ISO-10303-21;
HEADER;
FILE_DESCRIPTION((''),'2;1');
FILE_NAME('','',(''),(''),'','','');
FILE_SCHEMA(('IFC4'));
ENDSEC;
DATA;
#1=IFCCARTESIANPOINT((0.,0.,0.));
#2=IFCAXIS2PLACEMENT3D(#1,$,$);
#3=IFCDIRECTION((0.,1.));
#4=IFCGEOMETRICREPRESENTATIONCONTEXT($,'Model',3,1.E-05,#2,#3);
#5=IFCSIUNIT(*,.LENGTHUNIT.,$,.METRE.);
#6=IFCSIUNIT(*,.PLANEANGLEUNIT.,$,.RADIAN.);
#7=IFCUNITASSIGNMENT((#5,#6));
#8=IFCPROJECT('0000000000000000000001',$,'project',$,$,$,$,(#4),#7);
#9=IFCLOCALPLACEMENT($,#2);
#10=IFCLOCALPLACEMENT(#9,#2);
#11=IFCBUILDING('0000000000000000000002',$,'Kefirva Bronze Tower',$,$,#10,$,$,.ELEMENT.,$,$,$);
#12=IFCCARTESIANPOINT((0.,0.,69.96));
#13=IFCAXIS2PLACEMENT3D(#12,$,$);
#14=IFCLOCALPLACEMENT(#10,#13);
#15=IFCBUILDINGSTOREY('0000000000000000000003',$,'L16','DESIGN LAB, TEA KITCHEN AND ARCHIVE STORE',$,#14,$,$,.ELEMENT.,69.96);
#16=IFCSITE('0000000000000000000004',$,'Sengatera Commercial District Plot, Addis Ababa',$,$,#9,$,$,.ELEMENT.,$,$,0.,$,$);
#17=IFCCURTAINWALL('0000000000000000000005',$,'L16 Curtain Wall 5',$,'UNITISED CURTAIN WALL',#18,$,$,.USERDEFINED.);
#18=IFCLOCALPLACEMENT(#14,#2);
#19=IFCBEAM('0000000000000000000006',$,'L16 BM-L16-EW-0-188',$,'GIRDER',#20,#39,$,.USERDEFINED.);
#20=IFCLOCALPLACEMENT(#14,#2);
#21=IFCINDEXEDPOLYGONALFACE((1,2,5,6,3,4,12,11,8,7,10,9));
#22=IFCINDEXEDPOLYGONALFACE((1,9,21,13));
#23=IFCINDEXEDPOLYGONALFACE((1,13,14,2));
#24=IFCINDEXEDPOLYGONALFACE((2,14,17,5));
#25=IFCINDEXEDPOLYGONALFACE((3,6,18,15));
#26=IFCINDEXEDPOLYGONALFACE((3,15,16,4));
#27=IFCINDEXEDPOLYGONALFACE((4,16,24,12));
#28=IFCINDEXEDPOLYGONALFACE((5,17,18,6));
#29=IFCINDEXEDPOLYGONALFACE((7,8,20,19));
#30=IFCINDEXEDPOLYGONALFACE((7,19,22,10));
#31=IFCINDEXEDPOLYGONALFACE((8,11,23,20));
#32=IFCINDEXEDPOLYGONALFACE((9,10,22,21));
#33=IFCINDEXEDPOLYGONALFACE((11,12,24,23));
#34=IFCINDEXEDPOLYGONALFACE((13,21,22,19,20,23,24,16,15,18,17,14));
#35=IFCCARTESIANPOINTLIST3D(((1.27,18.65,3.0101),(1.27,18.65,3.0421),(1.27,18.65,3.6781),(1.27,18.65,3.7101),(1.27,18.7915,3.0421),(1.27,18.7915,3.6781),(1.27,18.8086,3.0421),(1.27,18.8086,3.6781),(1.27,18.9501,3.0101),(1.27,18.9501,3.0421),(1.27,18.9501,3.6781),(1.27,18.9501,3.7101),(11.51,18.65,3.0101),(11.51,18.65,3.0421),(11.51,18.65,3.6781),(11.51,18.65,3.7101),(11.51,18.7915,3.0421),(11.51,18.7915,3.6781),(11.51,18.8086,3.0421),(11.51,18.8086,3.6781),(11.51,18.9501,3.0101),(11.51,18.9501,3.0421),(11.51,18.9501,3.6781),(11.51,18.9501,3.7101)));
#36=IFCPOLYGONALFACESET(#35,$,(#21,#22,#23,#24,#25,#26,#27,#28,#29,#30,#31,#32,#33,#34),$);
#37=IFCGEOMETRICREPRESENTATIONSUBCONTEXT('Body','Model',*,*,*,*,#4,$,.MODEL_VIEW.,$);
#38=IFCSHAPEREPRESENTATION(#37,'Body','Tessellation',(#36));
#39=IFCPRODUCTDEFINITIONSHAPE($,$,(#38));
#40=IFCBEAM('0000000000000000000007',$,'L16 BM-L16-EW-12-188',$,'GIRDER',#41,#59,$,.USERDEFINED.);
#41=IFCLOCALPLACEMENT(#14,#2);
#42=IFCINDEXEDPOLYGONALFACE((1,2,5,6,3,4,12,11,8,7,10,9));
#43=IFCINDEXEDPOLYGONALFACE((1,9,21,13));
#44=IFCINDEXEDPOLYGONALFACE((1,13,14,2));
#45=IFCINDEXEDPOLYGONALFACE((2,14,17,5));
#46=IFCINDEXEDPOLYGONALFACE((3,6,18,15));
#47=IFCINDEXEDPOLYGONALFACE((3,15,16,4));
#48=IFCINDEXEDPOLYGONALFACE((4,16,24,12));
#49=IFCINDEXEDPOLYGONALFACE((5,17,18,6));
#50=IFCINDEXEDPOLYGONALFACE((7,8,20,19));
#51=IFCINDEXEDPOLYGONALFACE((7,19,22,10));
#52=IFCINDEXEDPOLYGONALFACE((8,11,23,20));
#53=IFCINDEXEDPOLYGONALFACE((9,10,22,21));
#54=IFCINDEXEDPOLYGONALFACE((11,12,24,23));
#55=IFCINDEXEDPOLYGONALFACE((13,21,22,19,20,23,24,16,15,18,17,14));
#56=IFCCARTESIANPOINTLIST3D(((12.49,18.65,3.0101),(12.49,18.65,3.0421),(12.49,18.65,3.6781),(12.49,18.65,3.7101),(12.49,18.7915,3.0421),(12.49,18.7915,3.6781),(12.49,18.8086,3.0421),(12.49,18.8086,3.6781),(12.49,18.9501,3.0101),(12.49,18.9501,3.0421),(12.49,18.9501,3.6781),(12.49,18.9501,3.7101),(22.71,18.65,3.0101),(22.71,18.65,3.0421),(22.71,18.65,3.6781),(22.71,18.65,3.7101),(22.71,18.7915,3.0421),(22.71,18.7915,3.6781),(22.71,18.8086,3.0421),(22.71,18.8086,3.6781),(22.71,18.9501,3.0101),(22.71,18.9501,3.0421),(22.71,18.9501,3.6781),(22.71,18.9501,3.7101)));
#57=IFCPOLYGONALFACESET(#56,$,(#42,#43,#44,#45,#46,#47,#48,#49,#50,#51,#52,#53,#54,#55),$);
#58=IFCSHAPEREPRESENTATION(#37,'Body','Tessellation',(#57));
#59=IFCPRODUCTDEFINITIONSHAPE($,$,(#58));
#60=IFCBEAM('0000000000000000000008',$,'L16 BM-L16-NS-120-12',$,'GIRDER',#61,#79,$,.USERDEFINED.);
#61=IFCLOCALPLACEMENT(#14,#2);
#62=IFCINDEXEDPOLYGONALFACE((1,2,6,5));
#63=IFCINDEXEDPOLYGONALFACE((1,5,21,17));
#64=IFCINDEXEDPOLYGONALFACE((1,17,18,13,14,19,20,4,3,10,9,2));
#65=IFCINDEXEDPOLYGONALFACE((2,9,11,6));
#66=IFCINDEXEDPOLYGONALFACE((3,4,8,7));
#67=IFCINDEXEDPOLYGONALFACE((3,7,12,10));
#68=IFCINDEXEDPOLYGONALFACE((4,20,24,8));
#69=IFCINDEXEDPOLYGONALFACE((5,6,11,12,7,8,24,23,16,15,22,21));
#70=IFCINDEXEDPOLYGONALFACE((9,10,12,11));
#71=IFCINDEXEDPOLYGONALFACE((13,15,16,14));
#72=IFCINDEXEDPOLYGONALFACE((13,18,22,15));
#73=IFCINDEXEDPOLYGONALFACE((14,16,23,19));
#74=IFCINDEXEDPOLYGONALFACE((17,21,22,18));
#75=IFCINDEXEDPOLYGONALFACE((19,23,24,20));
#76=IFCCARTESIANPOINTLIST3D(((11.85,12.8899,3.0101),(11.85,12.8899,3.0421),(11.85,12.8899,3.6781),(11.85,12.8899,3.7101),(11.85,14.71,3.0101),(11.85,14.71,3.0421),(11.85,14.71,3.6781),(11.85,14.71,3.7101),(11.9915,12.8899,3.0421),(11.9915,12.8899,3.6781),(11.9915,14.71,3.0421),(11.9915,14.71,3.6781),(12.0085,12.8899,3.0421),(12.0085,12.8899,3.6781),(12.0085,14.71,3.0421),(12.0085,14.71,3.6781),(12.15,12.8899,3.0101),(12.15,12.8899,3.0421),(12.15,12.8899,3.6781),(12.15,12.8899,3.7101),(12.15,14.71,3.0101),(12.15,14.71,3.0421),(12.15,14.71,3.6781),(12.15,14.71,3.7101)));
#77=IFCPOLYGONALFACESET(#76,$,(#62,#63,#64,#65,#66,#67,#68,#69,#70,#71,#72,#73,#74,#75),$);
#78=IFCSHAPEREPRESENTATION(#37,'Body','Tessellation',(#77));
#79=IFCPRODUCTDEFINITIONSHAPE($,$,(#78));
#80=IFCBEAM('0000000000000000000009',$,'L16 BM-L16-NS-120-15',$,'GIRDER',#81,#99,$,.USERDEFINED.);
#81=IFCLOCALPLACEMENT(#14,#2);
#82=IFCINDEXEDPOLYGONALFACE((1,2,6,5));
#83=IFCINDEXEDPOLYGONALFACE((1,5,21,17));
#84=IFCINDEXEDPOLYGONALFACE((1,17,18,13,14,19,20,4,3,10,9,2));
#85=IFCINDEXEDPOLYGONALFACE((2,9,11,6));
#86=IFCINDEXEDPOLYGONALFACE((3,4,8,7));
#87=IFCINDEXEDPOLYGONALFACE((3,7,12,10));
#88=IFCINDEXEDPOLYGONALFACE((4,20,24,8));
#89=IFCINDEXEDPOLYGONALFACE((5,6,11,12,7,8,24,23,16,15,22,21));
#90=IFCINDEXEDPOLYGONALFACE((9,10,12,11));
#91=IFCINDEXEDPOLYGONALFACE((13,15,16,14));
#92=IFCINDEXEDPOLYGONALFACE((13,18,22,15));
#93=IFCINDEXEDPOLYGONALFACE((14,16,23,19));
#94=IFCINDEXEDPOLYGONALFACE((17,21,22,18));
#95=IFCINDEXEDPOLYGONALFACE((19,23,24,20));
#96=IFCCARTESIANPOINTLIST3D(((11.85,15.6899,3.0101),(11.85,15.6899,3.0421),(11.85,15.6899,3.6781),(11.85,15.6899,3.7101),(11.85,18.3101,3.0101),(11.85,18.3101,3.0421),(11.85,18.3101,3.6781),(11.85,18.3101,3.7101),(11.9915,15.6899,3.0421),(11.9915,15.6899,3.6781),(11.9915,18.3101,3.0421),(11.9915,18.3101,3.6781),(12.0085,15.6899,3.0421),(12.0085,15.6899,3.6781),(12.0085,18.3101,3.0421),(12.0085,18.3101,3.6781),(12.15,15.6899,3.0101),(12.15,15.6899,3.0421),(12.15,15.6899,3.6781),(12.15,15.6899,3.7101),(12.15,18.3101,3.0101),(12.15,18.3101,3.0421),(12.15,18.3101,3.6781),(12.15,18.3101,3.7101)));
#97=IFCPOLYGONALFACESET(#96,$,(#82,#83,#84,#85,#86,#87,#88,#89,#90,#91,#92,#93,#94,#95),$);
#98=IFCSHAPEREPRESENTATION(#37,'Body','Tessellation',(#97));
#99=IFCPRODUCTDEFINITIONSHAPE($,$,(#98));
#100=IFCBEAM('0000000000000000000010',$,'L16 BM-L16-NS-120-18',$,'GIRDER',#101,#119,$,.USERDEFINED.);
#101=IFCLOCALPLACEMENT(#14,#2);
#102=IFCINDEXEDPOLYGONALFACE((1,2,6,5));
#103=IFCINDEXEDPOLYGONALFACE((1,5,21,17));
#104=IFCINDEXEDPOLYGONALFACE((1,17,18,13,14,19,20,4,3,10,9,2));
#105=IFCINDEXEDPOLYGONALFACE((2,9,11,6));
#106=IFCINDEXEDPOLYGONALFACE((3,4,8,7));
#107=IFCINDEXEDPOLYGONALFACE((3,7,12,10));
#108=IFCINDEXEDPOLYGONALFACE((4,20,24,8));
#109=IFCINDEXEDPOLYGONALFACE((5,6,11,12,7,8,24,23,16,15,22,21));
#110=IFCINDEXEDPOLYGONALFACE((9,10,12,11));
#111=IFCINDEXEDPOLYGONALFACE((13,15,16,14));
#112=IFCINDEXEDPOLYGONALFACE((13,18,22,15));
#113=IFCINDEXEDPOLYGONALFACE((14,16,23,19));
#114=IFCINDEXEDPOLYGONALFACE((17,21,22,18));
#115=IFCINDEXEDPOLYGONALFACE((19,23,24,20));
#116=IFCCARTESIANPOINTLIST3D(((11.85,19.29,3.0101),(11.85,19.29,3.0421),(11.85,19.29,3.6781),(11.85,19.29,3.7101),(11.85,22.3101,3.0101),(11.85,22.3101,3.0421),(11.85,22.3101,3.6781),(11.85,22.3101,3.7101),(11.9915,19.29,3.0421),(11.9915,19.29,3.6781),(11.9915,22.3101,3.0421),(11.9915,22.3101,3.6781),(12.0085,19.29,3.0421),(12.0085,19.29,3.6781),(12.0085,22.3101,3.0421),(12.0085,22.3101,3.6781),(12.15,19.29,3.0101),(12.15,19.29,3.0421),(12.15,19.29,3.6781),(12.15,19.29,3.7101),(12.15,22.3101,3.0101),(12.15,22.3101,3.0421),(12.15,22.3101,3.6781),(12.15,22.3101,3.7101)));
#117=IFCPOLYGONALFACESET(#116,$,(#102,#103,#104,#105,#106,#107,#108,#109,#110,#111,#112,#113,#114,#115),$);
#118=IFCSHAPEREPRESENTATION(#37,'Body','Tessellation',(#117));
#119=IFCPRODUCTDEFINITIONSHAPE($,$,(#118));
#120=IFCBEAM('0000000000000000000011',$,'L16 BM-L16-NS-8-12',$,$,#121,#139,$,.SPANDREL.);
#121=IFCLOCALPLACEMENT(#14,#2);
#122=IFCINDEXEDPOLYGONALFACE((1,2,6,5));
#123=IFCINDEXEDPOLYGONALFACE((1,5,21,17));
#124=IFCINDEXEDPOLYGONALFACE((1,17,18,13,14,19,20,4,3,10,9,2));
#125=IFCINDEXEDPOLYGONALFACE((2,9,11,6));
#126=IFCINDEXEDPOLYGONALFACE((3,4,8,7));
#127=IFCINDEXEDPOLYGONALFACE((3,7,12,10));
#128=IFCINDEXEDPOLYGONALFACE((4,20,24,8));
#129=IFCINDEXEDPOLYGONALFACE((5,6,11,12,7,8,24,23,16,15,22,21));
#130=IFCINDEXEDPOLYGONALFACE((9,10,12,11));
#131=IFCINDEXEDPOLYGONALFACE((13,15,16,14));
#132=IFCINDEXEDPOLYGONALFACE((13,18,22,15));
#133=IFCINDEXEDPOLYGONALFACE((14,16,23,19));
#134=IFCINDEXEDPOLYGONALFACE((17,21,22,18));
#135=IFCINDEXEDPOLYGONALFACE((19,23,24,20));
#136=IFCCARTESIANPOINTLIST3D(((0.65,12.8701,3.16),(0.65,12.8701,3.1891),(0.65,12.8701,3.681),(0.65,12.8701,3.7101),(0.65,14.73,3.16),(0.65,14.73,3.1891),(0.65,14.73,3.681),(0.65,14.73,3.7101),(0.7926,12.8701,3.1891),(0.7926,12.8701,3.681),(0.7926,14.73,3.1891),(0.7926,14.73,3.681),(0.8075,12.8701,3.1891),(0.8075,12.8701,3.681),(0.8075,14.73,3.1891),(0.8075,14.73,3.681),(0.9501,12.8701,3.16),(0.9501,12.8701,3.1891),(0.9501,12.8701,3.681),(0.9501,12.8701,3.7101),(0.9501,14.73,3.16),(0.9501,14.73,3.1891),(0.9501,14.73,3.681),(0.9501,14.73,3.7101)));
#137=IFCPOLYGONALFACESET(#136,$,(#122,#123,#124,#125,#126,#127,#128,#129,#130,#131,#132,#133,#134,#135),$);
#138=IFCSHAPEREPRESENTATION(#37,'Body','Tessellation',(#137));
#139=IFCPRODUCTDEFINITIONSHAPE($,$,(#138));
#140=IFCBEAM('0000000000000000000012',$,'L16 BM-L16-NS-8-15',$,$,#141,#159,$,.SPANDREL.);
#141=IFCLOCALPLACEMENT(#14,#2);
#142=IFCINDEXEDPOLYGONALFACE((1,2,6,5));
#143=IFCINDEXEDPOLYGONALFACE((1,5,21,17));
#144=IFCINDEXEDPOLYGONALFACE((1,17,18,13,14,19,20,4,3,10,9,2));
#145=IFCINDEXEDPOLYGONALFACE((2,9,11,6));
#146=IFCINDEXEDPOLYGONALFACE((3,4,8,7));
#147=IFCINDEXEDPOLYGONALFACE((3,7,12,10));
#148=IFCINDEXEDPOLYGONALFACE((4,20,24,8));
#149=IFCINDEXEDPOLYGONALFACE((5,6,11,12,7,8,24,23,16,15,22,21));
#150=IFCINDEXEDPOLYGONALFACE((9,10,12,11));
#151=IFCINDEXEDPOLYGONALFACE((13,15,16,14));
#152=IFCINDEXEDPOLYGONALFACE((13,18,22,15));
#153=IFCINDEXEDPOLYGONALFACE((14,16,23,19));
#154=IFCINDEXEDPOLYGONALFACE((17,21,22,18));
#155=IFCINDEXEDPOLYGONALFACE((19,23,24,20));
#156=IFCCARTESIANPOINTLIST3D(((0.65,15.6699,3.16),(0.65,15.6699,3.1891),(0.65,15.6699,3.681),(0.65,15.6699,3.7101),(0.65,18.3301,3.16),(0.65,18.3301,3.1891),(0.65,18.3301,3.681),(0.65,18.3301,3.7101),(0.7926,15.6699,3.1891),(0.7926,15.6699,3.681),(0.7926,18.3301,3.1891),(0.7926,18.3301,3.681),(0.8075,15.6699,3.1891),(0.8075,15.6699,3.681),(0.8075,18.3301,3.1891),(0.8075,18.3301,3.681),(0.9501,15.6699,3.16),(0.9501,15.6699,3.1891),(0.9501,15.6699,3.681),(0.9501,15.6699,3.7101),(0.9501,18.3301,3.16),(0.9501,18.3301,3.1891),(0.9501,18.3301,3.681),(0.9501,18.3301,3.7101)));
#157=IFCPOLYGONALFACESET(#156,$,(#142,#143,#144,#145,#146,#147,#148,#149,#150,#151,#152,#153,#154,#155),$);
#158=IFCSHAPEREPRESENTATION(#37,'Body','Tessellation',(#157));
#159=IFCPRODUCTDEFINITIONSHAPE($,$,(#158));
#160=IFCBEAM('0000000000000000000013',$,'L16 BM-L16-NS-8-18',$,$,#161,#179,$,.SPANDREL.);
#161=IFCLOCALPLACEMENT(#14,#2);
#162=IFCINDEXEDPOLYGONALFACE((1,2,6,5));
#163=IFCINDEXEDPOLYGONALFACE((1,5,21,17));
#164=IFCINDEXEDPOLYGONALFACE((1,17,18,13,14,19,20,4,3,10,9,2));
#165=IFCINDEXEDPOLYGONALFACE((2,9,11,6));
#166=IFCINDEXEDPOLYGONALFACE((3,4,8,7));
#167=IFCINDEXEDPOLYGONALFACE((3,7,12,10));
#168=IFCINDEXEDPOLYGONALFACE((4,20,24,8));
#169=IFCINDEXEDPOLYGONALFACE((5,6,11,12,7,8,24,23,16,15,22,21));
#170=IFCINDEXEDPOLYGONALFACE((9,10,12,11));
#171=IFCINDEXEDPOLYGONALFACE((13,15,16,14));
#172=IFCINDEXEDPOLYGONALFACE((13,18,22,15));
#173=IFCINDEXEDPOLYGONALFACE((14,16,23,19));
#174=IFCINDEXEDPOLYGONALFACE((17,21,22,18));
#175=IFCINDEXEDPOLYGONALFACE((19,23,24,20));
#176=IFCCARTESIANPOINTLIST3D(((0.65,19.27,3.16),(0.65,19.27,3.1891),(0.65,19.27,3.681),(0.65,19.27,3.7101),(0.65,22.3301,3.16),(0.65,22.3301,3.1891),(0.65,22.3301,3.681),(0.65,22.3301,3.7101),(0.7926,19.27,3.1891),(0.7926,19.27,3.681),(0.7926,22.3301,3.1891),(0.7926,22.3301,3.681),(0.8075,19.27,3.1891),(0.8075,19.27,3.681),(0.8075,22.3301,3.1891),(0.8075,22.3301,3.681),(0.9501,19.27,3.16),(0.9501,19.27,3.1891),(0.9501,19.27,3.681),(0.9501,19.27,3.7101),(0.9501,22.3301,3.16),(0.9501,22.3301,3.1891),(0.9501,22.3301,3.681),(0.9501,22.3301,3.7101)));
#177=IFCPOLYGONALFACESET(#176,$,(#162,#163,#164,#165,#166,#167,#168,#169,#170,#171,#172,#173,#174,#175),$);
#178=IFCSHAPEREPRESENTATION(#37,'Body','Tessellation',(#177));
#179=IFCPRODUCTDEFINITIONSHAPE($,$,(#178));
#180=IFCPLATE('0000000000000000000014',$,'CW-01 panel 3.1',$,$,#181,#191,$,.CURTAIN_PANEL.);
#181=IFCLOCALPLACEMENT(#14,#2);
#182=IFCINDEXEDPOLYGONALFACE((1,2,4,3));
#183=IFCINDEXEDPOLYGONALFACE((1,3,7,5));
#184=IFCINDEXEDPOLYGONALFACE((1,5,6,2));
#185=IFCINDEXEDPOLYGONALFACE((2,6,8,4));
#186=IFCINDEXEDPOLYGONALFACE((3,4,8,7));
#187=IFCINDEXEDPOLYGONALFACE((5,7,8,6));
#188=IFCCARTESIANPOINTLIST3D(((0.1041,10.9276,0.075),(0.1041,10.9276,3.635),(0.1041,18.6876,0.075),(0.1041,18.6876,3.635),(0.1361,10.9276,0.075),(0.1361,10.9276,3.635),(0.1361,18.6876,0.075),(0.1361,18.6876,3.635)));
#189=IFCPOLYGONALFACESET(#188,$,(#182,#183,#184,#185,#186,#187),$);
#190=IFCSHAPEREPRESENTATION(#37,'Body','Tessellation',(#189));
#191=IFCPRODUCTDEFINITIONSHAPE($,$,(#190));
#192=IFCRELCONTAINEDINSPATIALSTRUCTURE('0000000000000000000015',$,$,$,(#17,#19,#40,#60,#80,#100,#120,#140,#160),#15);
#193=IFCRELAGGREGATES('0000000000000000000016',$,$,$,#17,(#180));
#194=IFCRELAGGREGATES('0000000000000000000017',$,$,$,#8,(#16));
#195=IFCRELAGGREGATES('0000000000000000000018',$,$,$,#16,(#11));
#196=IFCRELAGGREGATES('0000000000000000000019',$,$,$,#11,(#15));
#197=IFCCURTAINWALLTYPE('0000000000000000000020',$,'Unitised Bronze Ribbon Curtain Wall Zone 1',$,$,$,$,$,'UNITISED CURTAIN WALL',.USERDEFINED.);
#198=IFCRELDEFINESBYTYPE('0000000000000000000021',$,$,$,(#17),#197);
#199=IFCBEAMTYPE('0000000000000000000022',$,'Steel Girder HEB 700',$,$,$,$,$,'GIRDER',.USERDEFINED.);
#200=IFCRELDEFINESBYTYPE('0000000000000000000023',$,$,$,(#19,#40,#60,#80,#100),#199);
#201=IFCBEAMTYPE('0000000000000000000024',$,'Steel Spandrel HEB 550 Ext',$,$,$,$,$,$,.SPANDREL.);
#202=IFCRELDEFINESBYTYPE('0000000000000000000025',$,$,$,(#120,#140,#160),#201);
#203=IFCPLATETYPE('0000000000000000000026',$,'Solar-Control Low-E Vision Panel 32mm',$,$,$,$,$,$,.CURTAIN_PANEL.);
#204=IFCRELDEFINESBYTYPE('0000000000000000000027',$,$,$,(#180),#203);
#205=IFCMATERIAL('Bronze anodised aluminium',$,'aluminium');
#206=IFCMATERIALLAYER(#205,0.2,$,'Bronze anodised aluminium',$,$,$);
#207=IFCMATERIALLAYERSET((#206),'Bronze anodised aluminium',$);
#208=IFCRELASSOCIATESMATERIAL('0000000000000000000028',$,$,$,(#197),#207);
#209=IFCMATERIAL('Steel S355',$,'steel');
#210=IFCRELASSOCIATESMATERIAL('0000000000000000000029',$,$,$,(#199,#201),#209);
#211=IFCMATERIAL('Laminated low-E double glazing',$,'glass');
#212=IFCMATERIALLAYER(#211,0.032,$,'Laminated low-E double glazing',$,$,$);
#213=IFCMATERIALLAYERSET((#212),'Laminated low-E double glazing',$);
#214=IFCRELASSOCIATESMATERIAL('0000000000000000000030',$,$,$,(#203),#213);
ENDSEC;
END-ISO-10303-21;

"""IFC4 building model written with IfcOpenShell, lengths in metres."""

from ifc_helpers import new_model, si_unit, direction, frame, origin, origin_2d, place, context, subcontext, project, spatial, rectangle, i_section, extrude, material, layer, layer_set, material_profile, profile_set, type_object, element, aggregate, save


model = new_model("IFC4")

# Units and contexts
model_context = context("Model", 3, precision=1e-05, world=origin(), true_north=direction((0.0, 1.0)))
body_context = subcontext(model_context, "Body", "Model", "MODEL_VIEW")
ifc_project = project(units=[si_unit("LENGTHUNIT", "METRE"), si_unit("PLANEANGLEUNIT", "RADIAN")], contexts=[model_context])

# Site, building, storey
site_placement = place(None, origin())
site = spatial("IfcSite", under=ifc_project, at=site_placement, Name="Sengatera Commercial District Plot, Addis Ababa", CompositionType="ELEMENT", RefElevation=0.0)
building_placement = place(site_placement, origin())
building = spatial("IfcBuilding", under=site, at=building_placement, Name="Kefirva Bronze Tower", CompositionType="ELEMENT")
storey_placement = place(building_placement, frame((0.0, 0.0, 69.96)))
storey = spatial("IfcBuildingStorey", under=building, at=storey_placement, Name="L16", Description="DESIGN LAB, TEA KITCHEN AND ARCHIVE STORE", CompositionType="ELEMENT", Elevation=69.96)

# Curtain wall
ifc_material_1 = material(Name="Bronze anodised aluminium", Category="aluminium")
ifc_layer_1 = layer(ifc_material_1, 0.2, Name="Bronze anodised aluminium")
ifc_layer_set_1 = layer_set([ifc_layer_1], Name="Bronze anodised aluminium")
curtain_wall_type = type_object("IfcCurtainWallType", Name="Unitised Bronze Ribbon Curtain Wall Zone 1", ElementType="UNITISED CURTAIN WALL", PredefinedType="USERDEFINED", material=ifc_layer_set_1)
curtain_wall_placement = place(storey_placement, origin())
curtain_wall = element("IfcCurtainWall", 1, at=curtain_wall_placement, inside=storey, type_object=curtain_wall_type, Name="L16 Curtain Wall 5", ObjectType="UNITISED CURTAIN WALL", PredefinedType="USERDEFINED")

# Beams
ifc_material_2 = material(Name="Steel S355", Category="steel")
ifc_material_profile_1 = material_profile(ifc_material_2, i_section(OverallWidth=0.3, OverallDepth=0.7, WebThickness=0.0171, FlangeThickness=0.032, at=origin_2d()), Name="HEB 700")
ifc_profile_set_1 = profile_set([ifc_material_profile_1], Name="Steel S355")
beam_type_1 = type_object("IfcBeamType", Name="Steel Girder HEB 700", ElementType="GIRDER", PredefinedType="USERDEFINED", material=ifc_profile_set_1)
for number, where, z_axis, x_axis, name in (
    (2, (1.27, 18.8, 3.3601), (1.0, 0.0, 0.0), (0.0, 1.0, 0.0), "L16 BM-L16-EW-0-188"),
):
    element("IfcBeam", number, at=place(storey_placement, frame(where, z_axis=z_axis, x_axis=x_axis)), inside=storey, type_object=beam_type_1, Name=name, ObjectType="GIRDER", PredefinedType="USERDEFINED", context=body_context, shape_type="SweptSolid", body=[
        extrude(i_section(OverallWidth=0.3, OverallDepth=0.7, WebThickness=0.0171, FlangeThickness=0.032, at=origin_2d()), origin(), (0.0, 0.0, 1.0), 10.24),
    ])
beam_1_placement = place(storey_placement, frame((12.49, 18.8, 3.3601), z_axis=(1.0, 0.0, 0.0), x_axis=(0.0, 1.0, 0.0)))
element("IfcBeam", 3, at=beam_1_placement, inside=storey, type_object=beam_type_1, Name="L16 BM-L16-EW-12-188", ObjectType="GIRDER", PredefinedType="USERDEFINED", context=body_context, shape_type="SweptSolid", body=[
    extrude(i_section(OverallWidth=0.3, OverallDepth=0.7, WebThickness=0.0171, FlangeThickness=0.032, at=origin_2d()), origin(), (0.0, 0.0, 1.0), 10.22),
])
beam_2_placement = place(storey_placement, frame((12.0, 12.8899, 3.3601), z_axis=(0.0, 1.0, 0.0), x_axis=(-1.0, 0.0, 0.0)))
element("IfcBeam", 4, at=beam_2_placement, inside=storey, type_object=beam_type_1, Name="L16 BM-L16-NS-120-12", ObjectType="GIRDER", PredefinedType="USERDEFINED", context=body_context, shape_type="SweptSolid", body=[
    extrude(i_section(OverallWidth=0.3, OverallDepth=0.7, WebThickness=0.0171, FlangeThickness=0.032, at=origin_2d()), origin(), (0.0, 0.0, 1.0), 1.8201),
])
beam_3_placement = place(storey_placement, frame((12.0, 15.6899, 3.3601), z_axis=(0.0, 1.0, 0.0), x_axis=(-1.0, 0.0, 0.0)))
element("IfcBeam", 5, at=beam_3_placement, inside=storey, type_object=beam_type_1, Name="L16 BM-L16-NS-120-15", ObjectType="GIRDER", PredefinedType="USERDEFINED", context=body_context, shape_type="SweptSolid", body=[
    extrude(i_section(OverallWidth=0.3, OverallDepth=0.7, WebThickness=0.0171, FlangeThickness=0.032, at=origin_2d()), origin(), (0.0, 0.0, 1.0), 2.6201),
])
beam_4_placement = place(storey_placement, frame((12.0, 19.29, 3.3601), z_axis=(0.0, 1.0, 0.0), x_axis=(-1.0, 0.0, 0.0)))
element("IfcBeam", 6, at=beam_4_placement, inside=storey, type_object=beam_type_1, Name="L16 BM-L16-NS-120-18", ObjectType="GIRDER", PredefinedType="USERDEFINED", context=body_context, shape_type="SweptSolid", body=[
    extrude(i_section(OverallWidth=0.3, OverallDepth=0.7, WebThickness=0.0171, FlangeThickness=0.032, at=origin_2d()), origin(), (0.0, 0.0, 1.0), 3.02),
])
ifc_material_profile_2 = material_profile(ifc_material_2, i_section(OverallWidth=0.3, OverallDepth=0.55, WebThickness=0.0149, FlangeThickness=0.0291, at=origin_2d()), Name="HEB 550")
ifc_profile_set_2 = profile_set([ifc_material_profile_2], Name="Steel S355")
beam_type_2 = type_object("IfcBeamType", Name="Steel Spandrel HEB 550 Ext", PredefinedType="SPANDREL", material=ifc_profile_set_2)
beam_5_placement = place(storey_placement, frame((0.8, 12.8701, 3.4351), z_axis=(0.0, 1.0, 0.0), x_axis=(-1.0, 0.0, 0.0)))
element("IfcBeam", 7, at=beam_5_placement, inside=storey, type_object=beam_type_2, Name="L16 BM-L16-NS-8-12", PredefinedType="SPANDREL", context=body_context, shape_type="SweptSolid", body=[
    extrude(i_section(OverallWidth=0.3, OverallDepth=0.55, WebThickness=0.0149, FlangeThickness=0.0291, at=origin_2d()), origin(), (0.0, 0.0, 1.0), 1.8599),
])
beam_6_placement = place(storey_placement, frame((0.8, 15.6699, 3.4351), z_axis=(0.0, 1.0, 0.0), x_axis=(-1.0, 0.0, 0.0)))
element("IfcBeam", 8, at=beam_6_placement, inside=storey, type_object=beam_type_2, Name="L16 BM-L16-NS-8-15", PredefinedType="SPANDREL", context=body_context, shape_type="SweptSolid", body=[
    extrude(i_section(OverallWidth=0.3, OverallDepth=0.55, WebThickness=0.0149, FlangeThickness=0.0291, at=origin_2d()), origin(), (0.0, 0.0, 1.0), 2.6602),
])
beam_7_placement = place(storey_placement, frame((0.8, 19.27, 3.4351), z_axis=(0.0, 1.0, 0.0), x_axis=(-1.0, 0.0, 0.0)))
element("IfcBeam", 9, at=beam_7_placement, inside=storey, type_object=beam_type_2, Name="L16 BM-L16-NS-8-18", PredefinedType="SPANDREL", context=body_context, shape_type="SweptSolid", body=[
    extrude(i_section(OverallWidth=0.3, OverallDepth=0.55, WebThickness=0.0149, FlangeThickness=0.0291, at=origin_2d()), origin(), (0.0, 0.0, 1.0), 3.0601),
])

# Plate
ifc_material_3 = material(Name="Laminated low-E double glazing", Category="glass")
ifc_layer_2 = layer(ifc_material_3, 0.032, Name="Laminated low-E double glazing")
ifc_layer_set_2 = layer_set([ifc_layer_2], Name="Laminated low-E double glazing")
plate_type = type_object("IfcPlateType", Name="Solar-Control Low-E Vision Panel 32mm", PredefinedType="CURTAIN_PANEL", material=ifc_layer_set_2)
plate_placement = place(storey_placement, frame((0.1201, 14.8076, 0.075), z_axis=(0.0, 0.0, 1.0), x_axis=(0.0, -1.0, 0.0)))
plate = element("IfcPlate", 10, at=plate_placement, type_object=plate_type, Name="CW-01 panel 3.1", PredefinedType="CURTAIN_PANEL", context=body_context, shape_type="SweptSolid", body=[
    extrude(rectangle(XDim=7.76, YDim=0.032, at=origin_2d()), origin(), (0.0, 0.0, 1.0), 3.5601),
])
aggregate(curtain_wall, [plate])

save(model, "model.ifc")
